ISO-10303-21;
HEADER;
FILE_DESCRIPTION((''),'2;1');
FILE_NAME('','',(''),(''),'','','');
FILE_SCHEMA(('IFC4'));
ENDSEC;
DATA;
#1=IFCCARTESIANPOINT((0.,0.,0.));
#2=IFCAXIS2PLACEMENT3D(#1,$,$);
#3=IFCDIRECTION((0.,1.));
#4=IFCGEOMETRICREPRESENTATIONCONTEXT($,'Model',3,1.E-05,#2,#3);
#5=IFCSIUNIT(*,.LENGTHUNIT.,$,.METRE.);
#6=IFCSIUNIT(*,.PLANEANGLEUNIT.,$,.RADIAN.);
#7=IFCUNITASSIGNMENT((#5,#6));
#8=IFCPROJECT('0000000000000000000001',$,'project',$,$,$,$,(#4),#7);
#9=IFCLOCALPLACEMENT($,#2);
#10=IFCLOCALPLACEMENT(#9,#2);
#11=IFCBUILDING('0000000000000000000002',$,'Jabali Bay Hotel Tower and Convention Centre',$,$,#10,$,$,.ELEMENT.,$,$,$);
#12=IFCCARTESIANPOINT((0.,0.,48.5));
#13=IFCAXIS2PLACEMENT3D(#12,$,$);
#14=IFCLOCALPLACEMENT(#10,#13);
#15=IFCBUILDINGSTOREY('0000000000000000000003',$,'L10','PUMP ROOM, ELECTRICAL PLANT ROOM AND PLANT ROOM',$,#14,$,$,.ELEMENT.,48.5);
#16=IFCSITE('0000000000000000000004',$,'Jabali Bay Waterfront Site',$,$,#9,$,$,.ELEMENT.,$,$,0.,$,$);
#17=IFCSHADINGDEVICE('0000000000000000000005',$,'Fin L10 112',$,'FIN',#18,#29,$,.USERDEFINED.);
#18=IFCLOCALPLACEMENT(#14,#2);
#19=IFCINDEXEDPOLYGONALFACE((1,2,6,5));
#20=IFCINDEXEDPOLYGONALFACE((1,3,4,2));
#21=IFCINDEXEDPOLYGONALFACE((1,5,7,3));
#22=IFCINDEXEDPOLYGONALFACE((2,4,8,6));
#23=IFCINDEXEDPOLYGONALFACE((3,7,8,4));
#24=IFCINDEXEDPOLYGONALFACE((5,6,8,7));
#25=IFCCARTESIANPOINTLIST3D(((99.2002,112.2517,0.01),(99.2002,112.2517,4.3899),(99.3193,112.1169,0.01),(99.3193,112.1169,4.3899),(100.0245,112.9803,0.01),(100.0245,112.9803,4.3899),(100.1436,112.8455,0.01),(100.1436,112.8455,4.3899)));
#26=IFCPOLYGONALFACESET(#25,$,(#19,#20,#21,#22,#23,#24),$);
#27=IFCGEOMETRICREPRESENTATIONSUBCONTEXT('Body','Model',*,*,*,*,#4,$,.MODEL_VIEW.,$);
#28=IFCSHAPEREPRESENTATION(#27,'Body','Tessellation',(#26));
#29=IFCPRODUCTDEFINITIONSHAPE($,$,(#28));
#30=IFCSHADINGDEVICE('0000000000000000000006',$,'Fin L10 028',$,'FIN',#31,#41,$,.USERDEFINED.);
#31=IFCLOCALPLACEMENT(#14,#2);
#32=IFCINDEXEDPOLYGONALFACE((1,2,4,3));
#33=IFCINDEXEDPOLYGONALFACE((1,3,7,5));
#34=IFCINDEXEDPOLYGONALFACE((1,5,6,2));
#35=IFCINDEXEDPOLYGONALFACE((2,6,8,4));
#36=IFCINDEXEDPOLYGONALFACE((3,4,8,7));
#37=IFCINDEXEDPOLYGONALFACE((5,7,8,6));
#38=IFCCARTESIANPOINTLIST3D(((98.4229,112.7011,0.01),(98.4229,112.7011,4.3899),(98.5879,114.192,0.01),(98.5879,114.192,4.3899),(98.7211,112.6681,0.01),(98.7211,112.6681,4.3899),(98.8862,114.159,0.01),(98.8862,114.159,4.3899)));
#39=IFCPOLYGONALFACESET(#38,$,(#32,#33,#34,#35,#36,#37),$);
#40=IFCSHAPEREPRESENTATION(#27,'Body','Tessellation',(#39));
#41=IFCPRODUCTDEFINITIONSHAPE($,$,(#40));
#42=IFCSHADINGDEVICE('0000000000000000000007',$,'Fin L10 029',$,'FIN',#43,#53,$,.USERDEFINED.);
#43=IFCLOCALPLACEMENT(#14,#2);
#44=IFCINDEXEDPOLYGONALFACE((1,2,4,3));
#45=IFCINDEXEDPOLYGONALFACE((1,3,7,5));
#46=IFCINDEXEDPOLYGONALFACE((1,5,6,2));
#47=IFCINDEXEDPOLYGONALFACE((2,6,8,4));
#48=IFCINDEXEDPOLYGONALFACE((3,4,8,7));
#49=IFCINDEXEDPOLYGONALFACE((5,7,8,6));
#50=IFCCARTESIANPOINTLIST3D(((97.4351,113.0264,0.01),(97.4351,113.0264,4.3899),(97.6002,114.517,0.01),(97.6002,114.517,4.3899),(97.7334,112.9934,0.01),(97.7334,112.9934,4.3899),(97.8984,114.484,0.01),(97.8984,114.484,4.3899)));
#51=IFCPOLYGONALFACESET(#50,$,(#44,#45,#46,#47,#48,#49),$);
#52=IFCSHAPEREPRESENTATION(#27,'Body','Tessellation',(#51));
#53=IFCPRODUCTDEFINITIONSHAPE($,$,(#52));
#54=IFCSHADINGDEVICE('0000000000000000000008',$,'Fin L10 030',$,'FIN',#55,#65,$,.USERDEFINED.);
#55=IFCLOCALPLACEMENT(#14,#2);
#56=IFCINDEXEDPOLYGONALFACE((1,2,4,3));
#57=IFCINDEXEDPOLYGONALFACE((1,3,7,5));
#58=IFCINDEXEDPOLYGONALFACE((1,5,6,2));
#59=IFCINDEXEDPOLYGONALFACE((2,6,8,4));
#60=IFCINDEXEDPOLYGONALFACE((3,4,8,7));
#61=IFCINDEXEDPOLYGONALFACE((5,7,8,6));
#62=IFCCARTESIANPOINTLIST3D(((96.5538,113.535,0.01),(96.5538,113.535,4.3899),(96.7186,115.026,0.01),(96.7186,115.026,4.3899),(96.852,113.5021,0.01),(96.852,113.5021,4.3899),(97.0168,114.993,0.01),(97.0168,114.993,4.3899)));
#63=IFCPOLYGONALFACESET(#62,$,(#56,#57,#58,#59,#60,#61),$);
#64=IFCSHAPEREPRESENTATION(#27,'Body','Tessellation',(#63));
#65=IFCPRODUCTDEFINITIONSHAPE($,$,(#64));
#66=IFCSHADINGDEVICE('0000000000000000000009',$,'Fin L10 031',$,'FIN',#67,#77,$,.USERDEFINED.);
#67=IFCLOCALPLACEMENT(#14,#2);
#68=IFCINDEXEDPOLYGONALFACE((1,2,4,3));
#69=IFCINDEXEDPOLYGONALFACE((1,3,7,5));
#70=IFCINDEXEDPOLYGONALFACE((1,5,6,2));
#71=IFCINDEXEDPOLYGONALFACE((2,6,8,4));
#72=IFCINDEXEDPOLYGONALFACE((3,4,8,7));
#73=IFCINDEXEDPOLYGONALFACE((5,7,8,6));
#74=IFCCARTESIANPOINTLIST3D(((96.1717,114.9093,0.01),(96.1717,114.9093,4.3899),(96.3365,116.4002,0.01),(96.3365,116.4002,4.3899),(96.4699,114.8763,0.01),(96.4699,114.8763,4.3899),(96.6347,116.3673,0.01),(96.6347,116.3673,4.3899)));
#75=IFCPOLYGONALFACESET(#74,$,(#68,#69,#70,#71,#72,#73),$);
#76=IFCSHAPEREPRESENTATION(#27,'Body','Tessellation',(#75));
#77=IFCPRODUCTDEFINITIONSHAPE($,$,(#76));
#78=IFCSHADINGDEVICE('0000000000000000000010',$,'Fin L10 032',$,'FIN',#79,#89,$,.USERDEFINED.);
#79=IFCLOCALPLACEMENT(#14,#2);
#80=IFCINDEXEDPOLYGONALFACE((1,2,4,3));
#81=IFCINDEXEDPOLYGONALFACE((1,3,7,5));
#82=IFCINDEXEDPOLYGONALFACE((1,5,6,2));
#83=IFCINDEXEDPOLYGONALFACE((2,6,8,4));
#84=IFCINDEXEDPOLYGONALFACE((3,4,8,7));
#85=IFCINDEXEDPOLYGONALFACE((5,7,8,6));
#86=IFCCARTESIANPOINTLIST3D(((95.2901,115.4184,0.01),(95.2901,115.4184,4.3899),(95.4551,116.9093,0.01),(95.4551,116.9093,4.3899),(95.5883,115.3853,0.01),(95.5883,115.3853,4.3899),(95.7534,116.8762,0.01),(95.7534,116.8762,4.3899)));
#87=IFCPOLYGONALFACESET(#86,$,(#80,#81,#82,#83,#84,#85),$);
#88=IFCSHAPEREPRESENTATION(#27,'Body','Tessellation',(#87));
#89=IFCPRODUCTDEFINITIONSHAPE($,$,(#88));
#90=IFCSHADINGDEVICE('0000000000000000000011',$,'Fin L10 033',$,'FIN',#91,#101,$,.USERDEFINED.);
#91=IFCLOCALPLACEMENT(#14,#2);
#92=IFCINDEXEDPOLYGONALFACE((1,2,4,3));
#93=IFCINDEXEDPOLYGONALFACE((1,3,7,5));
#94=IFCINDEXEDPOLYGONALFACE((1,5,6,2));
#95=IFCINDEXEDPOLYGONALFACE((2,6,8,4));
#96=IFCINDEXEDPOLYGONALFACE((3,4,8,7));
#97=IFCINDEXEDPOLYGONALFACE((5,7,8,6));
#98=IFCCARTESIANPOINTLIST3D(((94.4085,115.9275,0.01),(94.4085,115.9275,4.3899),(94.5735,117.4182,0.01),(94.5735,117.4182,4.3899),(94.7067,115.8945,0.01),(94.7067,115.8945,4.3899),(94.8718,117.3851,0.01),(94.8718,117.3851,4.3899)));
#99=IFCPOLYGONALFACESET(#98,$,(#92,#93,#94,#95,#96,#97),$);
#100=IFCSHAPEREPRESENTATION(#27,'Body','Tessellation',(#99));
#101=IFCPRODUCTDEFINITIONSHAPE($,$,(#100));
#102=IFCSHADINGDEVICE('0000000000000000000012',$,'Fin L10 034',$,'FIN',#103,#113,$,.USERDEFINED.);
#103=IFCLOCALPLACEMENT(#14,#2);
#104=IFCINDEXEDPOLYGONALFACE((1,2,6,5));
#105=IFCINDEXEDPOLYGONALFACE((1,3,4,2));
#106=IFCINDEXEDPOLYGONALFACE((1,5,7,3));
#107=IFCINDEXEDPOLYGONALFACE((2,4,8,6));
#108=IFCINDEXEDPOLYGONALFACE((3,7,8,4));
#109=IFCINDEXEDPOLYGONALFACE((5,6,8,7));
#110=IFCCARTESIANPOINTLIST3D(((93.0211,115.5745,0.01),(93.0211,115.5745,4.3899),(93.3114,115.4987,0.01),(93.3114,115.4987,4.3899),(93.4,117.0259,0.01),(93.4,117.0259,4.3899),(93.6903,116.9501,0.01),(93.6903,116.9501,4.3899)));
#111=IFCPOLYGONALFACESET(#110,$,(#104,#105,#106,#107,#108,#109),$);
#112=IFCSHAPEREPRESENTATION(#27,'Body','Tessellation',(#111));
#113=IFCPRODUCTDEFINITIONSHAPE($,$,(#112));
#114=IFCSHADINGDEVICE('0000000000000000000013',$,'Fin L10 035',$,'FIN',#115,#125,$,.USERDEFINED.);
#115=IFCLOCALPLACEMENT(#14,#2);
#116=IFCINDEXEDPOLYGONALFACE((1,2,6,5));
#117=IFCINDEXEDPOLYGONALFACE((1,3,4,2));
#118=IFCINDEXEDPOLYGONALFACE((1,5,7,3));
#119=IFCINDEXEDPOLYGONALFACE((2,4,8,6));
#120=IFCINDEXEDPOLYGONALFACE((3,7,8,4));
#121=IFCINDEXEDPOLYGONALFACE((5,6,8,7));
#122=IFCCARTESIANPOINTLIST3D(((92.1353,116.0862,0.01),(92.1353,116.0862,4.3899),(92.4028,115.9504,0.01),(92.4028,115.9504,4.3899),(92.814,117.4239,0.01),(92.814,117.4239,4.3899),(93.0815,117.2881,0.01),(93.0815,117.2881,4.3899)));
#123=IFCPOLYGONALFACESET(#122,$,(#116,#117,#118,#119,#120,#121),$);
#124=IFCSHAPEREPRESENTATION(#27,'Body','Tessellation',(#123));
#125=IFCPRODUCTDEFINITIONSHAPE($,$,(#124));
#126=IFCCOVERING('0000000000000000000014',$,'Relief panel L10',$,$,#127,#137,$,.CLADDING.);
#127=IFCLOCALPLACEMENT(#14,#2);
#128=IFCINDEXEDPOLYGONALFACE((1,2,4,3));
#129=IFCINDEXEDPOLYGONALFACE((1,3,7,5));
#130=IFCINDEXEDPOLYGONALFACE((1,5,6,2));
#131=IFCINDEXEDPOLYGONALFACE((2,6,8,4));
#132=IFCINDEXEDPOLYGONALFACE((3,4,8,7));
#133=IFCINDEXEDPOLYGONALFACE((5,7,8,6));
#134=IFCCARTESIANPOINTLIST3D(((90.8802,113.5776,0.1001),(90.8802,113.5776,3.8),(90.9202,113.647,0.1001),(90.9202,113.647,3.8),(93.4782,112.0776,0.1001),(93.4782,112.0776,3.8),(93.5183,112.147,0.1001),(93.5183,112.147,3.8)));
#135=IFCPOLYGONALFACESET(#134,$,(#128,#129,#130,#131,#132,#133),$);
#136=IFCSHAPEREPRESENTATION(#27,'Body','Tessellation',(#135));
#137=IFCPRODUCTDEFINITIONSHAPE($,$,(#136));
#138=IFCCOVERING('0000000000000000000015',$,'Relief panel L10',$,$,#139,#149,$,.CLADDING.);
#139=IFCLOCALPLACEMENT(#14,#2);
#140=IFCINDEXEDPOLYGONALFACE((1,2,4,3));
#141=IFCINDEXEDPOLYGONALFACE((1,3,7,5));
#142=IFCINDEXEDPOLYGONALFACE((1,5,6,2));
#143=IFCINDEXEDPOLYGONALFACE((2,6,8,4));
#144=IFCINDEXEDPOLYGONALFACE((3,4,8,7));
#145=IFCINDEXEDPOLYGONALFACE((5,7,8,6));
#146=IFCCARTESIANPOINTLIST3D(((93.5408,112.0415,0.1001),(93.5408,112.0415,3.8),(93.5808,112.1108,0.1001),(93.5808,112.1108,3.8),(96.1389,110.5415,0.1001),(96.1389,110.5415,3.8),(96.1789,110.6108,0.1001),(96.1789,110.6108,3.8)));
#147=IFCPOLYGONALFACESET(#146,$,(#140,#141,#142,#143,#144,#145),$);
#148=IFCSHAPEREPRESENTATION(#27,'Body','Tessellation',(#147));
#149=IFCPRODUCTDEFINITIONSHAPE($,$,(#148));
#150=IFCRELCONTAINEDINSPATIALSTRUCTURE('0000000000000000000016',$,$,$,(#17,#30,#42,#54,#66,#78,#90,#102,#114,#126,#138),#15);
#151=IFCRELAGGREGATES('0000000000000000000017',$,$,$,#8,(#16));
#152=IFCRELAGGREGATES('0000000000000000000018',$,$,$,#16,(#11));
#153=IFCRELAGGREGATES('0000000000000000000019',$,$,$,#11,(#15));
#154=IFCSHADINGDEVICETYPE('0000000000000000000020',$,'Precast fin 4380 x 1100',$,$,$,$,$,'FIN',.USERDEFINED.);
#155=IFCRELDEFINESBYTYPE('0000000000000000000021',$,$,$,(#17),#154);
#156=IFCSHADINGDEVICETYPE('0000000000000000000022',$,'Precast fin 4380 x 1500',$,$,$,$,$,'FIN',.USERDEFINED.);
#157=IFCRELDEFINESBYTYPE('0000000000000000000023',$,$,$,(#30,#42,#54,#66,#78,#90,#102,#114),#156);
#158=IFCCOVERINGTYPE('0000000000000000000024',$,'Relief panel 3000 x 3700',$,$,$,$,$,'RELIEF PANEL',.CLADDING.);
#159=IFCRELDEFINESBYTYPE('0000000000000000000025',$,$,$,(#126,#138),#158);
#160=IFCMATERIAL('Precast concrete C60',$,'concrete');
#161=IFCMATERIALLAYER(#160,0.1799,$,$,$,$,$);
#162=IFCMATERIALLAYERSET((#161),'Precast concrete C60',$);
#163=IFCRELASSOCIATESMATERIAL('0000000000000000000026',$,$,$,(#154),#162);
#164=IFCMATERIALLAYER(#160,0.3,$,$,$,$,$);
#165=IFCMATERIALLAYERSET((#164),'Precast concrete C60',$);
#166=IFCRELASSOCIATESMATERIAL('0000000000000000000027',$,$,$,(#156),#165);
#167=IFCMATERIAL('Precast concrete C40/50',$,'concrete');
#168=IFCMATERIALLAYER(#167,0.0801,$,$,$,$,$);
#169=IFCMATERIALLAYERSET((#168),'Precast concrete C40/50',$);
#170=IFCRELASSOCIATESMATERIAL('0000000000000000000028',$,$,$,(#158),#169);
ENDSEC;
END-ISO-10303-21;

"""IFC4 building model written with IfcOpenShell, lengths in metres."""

from ifc_helpers import new_model, si_unit, direction, frame, frame_2d, origin, origin_2d, place, context, subcontext, project, spatial, rectangle, extrude, material, layer, layer_set, type_object, element, save


model = new_model("IFC4")

# Units and contexts
model_context = context("Model", 3, precision=1e-05, world=origin(), true_north=direction((0.0, 1.0)))
body_context = subcontext(model_context, "Body", "Model", "MODEL_VIEW")
ifc_project = project(units=[si_unit("LENGTHUNIT", "METRE"), si_unit("PLANEANGLEUNIT", "RADIAN")], contexts=[model_context])

# Site, building, storey
site_placement = place(None, origin())
site = spatial("IfcSite", under=ifc_project, at=site_placement, Name="Jabali Bay Waterfront Site", CompositionType="ELEMENT", RefElevation=0.0)
building_placement = place(site_placement, origin())
building = spatial("IfcBuilding", under=site, at=building_placement, Name="Jabali Bay Hotel Tower and Convention Centre", CompositionType="ELEMENT")
storey_placement = place(building_placement, frame((0.0, 0.0, 48.5)))
storey = spatial("IfcBuildingStorey", under=building, at=storey_placement, Name="L10", Description="PUMP ROOM, ELECTRICAL PLANT ROOM AND PLANT ROOM", CompositionType="ELEMENT", Elevation=48.5)

# Shading devices
ifc_material_1 = material(Name="Precast concrete C60", Category="concrete")
ifc_layer_1 = layer(ifc_material_1, 0.1799)
ifc_layer_set_1 = layer_set([ifc_layer_1], Name="Precast concrete C60")
shading_device_type_1 = type_object("IfcShadingDeviceType", Name="Precast fin 4380 x 1100", ElementType="FIN", PredefinedType="USERDEFINED", material=ifc_layer_set_1)
shading_device_1_placement = place(storey_placement, frame((99.2598, 112.1843, 0.01), z_axis=(0.0, 0.0, 1.0), x_axis=(0.749268, 0.662267, 0.0)))
element("IfcShadingDevice", 1, at=shading_device_1_placement, inside=storey, type_object=shading_device_type_1, Name="Fin L10 112", ObjectType="FIN", PredefinedType="USERDEFINED", context=body_context, shape_type="SweptSolid", body=[
    extrude(rectangle(XDim=1.1001, YDim=0.1799, at=frame_2d((0.55, 0.0))), origin(), (0.0, 0.0, 1.0), 4.3799),
])
ifc_layer_2 = layer(ifc_material_1, 0.3)
ifc_layer_set_2 = layer_set([ifc_layer_2], Name="Precast concrete C60")
shading_device_type_2 = type_object("IfcShadingDeviceType", Name="Precast fin 4380 x 1500", ElementType="FIN", PredefinedType="USERDEFINED", material=ifc_layer_set_2)
shading_device_2_placement = place(storey_placement, frame((98.572, 112.6846, 0.01), z_axis=(0.0, 0.0, 1.0), x_axis=(0.110021, 0.993929, 0.0)))
element("IfcShadingDevice", 2, at=shading_device_2_placement, inside=storey, type_object=shading_device_type_2, Name="Fin L10 028", ObjectType="FIN", PredefinedType="USERDEFINED", context=body_context, shape_type="SweptSolid", body=[
    extrude(rectangle(XDim=1.5, YDim=0.3, at=frame_2d((0.75, 0.0))), origin(), (0.0, 0.0, 1.0), 4.3799),
])
shading_device_3_placement = place(storey_placement, frame((97.5842, 113.0098, 0.01), z_axis=(0.0, 0.0, 1.0), x_axis=(0.110038, 0.993927, 0.0)))
element("IfcShadingDevice", 3, at=shading_device_3_placement, inside=storey, type_object=shading_device_type_2, Name="Fin L10 029", ObjectType="FIN", PredefinedType="USERDEFINED", context=body_context, shape_type="SweptSolid", body=[
    extrude(rectangle(XDim=1.4998, YDim=0.3, at=frame_2d((0.75, 0.0))), origin(), (0.0, 0.0, 1.0), 4.3799),
])
for number, where, z_axis, x_axis, name in (
    (4, (96.7029, 113.5186, 0.01), (0.0, 0.0, 1.0), (0.10986, 0.993947, 0.0), "Fin L10 030"),
    (5, (96.3208, 114.8928, 0.01), (0.0, 0.0, 1.0), (0.10986, 0.993947, 0.0), "Fin L10 031"),
    (6, (95.4392, 115.4019, 0.01), (0.0, 0.0, 1.0), (0.110021, 0.993929, 0.0), "Fin L10 032"),
):
    element("IfcShadingDevice", number, at=place(storey_placement, frame(where, z_axis=z_axis, x_axis=x_axis)), inside=storey, type_object=shading_device_type_2, Name=name, ObjectType="FIN", PredefinedType="USERDEFINED", context=body_context, shape_type="SweptSolid", body=[
        extrude(rectangle(XDim=1.5, YDim=0.3, at=frame_2d((0.75, 0.0))), origin(), (0.0, 0.0, 1.0), 4.3799),
    ])
shading_device_4_placement = place(storey_placement, frame((94.5576, 115.9109, 0.01), z_axis=(0.0, 0.0, 1.0), x_axis=(0.110038, 0.993927, 0.0)))
element("IfcShadingDevice", 7, at=shading_device_4_placement, inside=storey, type_object=shading_device_type_2, Name="Fin L10 033", ObjectType="FIN", PredefinedType="USERDEFINED", context=body_context, shape_type="SweptSolid", body=[
    extrude(rectangle(XDim=1.4998, YDim=0.3, at=frame_2d((0.75, 0.0))), origin(), (0.0, 0.0, 1.0), 4.3799),
])
for number, where, z_axis, x_axis, name in (
    (8, (93.1663, 115.5366, 0.01), (0.0, 0.0, 1.0), (0.252594, 0.967572, 0.0), "Fin L10 034"),
    (9, (92.269, 116.0183, 0.01), (0.0, 0.0, 1.0), (0.452479, 0.891775, 0.0), "Fin L10 035"),
):
    element("IfcShadingDevice", number, at=place(storey_placement, frame(where, z_axis=z_axis, x_axis=x_axis)), inside=storey, type_object=shading_device_type_2, Name=name, ObjectType="FIN", PredefinedType="USERDEFINED", context=body_context, shape_type="SweptSolid", body=[
        extrude(rectangle(XDim=1.5, YDim=0.3, at=frame_2d((0.75, 0.0))), origin(), (0.0, 0.0, 1.0), 4.3799),
    ])

# Coverings
ifc_material_2 = material(Name="Precast concrete C40/50", Category="concrete")
ifc_layer_3 = layer(ifc_material_2, 0.0801)
ifc_layer_set_3 = layer_set([ifc_layer_3], Name="Precast concrete C40/50")
covering_type = type_object("IfcCoveringType", Name="Relief panel 3000 x 3700", ElementType="RELIEF PANEL", PredefinedType="CLADDING", material=ifc_layer_set_3)
for number, where, z_axis, x_axis, name in (
    (10, (92.1992, 112.8623, 0.1001), (0.0, 0.0, 1.0), (0.866025, -0.5, 0.0), "Relief panel L10"),
    (11, (94.8599, 111.3262, 0.1001), (0.0, 0.0, 1.0), (0.866025, -0.5, 0.0), "Relief panel L10"),
):
    element("IfcCovering", number, at=place(storey_placement, frame(where, z_axis=z_axis, x_axis=x_axis)), inside=storey, type_object=covering_type, Name=name, PredefinedType="CLADDING", context=body_context, shape_type="SweptSolid", body=[
        extrude(rectangle(XDim=3.0, YDim=0.0801, at=origin_2d()), origin(), (0.0, 0.0, 1.0), 3.7),
    ])

save(model, "model.ifc")
